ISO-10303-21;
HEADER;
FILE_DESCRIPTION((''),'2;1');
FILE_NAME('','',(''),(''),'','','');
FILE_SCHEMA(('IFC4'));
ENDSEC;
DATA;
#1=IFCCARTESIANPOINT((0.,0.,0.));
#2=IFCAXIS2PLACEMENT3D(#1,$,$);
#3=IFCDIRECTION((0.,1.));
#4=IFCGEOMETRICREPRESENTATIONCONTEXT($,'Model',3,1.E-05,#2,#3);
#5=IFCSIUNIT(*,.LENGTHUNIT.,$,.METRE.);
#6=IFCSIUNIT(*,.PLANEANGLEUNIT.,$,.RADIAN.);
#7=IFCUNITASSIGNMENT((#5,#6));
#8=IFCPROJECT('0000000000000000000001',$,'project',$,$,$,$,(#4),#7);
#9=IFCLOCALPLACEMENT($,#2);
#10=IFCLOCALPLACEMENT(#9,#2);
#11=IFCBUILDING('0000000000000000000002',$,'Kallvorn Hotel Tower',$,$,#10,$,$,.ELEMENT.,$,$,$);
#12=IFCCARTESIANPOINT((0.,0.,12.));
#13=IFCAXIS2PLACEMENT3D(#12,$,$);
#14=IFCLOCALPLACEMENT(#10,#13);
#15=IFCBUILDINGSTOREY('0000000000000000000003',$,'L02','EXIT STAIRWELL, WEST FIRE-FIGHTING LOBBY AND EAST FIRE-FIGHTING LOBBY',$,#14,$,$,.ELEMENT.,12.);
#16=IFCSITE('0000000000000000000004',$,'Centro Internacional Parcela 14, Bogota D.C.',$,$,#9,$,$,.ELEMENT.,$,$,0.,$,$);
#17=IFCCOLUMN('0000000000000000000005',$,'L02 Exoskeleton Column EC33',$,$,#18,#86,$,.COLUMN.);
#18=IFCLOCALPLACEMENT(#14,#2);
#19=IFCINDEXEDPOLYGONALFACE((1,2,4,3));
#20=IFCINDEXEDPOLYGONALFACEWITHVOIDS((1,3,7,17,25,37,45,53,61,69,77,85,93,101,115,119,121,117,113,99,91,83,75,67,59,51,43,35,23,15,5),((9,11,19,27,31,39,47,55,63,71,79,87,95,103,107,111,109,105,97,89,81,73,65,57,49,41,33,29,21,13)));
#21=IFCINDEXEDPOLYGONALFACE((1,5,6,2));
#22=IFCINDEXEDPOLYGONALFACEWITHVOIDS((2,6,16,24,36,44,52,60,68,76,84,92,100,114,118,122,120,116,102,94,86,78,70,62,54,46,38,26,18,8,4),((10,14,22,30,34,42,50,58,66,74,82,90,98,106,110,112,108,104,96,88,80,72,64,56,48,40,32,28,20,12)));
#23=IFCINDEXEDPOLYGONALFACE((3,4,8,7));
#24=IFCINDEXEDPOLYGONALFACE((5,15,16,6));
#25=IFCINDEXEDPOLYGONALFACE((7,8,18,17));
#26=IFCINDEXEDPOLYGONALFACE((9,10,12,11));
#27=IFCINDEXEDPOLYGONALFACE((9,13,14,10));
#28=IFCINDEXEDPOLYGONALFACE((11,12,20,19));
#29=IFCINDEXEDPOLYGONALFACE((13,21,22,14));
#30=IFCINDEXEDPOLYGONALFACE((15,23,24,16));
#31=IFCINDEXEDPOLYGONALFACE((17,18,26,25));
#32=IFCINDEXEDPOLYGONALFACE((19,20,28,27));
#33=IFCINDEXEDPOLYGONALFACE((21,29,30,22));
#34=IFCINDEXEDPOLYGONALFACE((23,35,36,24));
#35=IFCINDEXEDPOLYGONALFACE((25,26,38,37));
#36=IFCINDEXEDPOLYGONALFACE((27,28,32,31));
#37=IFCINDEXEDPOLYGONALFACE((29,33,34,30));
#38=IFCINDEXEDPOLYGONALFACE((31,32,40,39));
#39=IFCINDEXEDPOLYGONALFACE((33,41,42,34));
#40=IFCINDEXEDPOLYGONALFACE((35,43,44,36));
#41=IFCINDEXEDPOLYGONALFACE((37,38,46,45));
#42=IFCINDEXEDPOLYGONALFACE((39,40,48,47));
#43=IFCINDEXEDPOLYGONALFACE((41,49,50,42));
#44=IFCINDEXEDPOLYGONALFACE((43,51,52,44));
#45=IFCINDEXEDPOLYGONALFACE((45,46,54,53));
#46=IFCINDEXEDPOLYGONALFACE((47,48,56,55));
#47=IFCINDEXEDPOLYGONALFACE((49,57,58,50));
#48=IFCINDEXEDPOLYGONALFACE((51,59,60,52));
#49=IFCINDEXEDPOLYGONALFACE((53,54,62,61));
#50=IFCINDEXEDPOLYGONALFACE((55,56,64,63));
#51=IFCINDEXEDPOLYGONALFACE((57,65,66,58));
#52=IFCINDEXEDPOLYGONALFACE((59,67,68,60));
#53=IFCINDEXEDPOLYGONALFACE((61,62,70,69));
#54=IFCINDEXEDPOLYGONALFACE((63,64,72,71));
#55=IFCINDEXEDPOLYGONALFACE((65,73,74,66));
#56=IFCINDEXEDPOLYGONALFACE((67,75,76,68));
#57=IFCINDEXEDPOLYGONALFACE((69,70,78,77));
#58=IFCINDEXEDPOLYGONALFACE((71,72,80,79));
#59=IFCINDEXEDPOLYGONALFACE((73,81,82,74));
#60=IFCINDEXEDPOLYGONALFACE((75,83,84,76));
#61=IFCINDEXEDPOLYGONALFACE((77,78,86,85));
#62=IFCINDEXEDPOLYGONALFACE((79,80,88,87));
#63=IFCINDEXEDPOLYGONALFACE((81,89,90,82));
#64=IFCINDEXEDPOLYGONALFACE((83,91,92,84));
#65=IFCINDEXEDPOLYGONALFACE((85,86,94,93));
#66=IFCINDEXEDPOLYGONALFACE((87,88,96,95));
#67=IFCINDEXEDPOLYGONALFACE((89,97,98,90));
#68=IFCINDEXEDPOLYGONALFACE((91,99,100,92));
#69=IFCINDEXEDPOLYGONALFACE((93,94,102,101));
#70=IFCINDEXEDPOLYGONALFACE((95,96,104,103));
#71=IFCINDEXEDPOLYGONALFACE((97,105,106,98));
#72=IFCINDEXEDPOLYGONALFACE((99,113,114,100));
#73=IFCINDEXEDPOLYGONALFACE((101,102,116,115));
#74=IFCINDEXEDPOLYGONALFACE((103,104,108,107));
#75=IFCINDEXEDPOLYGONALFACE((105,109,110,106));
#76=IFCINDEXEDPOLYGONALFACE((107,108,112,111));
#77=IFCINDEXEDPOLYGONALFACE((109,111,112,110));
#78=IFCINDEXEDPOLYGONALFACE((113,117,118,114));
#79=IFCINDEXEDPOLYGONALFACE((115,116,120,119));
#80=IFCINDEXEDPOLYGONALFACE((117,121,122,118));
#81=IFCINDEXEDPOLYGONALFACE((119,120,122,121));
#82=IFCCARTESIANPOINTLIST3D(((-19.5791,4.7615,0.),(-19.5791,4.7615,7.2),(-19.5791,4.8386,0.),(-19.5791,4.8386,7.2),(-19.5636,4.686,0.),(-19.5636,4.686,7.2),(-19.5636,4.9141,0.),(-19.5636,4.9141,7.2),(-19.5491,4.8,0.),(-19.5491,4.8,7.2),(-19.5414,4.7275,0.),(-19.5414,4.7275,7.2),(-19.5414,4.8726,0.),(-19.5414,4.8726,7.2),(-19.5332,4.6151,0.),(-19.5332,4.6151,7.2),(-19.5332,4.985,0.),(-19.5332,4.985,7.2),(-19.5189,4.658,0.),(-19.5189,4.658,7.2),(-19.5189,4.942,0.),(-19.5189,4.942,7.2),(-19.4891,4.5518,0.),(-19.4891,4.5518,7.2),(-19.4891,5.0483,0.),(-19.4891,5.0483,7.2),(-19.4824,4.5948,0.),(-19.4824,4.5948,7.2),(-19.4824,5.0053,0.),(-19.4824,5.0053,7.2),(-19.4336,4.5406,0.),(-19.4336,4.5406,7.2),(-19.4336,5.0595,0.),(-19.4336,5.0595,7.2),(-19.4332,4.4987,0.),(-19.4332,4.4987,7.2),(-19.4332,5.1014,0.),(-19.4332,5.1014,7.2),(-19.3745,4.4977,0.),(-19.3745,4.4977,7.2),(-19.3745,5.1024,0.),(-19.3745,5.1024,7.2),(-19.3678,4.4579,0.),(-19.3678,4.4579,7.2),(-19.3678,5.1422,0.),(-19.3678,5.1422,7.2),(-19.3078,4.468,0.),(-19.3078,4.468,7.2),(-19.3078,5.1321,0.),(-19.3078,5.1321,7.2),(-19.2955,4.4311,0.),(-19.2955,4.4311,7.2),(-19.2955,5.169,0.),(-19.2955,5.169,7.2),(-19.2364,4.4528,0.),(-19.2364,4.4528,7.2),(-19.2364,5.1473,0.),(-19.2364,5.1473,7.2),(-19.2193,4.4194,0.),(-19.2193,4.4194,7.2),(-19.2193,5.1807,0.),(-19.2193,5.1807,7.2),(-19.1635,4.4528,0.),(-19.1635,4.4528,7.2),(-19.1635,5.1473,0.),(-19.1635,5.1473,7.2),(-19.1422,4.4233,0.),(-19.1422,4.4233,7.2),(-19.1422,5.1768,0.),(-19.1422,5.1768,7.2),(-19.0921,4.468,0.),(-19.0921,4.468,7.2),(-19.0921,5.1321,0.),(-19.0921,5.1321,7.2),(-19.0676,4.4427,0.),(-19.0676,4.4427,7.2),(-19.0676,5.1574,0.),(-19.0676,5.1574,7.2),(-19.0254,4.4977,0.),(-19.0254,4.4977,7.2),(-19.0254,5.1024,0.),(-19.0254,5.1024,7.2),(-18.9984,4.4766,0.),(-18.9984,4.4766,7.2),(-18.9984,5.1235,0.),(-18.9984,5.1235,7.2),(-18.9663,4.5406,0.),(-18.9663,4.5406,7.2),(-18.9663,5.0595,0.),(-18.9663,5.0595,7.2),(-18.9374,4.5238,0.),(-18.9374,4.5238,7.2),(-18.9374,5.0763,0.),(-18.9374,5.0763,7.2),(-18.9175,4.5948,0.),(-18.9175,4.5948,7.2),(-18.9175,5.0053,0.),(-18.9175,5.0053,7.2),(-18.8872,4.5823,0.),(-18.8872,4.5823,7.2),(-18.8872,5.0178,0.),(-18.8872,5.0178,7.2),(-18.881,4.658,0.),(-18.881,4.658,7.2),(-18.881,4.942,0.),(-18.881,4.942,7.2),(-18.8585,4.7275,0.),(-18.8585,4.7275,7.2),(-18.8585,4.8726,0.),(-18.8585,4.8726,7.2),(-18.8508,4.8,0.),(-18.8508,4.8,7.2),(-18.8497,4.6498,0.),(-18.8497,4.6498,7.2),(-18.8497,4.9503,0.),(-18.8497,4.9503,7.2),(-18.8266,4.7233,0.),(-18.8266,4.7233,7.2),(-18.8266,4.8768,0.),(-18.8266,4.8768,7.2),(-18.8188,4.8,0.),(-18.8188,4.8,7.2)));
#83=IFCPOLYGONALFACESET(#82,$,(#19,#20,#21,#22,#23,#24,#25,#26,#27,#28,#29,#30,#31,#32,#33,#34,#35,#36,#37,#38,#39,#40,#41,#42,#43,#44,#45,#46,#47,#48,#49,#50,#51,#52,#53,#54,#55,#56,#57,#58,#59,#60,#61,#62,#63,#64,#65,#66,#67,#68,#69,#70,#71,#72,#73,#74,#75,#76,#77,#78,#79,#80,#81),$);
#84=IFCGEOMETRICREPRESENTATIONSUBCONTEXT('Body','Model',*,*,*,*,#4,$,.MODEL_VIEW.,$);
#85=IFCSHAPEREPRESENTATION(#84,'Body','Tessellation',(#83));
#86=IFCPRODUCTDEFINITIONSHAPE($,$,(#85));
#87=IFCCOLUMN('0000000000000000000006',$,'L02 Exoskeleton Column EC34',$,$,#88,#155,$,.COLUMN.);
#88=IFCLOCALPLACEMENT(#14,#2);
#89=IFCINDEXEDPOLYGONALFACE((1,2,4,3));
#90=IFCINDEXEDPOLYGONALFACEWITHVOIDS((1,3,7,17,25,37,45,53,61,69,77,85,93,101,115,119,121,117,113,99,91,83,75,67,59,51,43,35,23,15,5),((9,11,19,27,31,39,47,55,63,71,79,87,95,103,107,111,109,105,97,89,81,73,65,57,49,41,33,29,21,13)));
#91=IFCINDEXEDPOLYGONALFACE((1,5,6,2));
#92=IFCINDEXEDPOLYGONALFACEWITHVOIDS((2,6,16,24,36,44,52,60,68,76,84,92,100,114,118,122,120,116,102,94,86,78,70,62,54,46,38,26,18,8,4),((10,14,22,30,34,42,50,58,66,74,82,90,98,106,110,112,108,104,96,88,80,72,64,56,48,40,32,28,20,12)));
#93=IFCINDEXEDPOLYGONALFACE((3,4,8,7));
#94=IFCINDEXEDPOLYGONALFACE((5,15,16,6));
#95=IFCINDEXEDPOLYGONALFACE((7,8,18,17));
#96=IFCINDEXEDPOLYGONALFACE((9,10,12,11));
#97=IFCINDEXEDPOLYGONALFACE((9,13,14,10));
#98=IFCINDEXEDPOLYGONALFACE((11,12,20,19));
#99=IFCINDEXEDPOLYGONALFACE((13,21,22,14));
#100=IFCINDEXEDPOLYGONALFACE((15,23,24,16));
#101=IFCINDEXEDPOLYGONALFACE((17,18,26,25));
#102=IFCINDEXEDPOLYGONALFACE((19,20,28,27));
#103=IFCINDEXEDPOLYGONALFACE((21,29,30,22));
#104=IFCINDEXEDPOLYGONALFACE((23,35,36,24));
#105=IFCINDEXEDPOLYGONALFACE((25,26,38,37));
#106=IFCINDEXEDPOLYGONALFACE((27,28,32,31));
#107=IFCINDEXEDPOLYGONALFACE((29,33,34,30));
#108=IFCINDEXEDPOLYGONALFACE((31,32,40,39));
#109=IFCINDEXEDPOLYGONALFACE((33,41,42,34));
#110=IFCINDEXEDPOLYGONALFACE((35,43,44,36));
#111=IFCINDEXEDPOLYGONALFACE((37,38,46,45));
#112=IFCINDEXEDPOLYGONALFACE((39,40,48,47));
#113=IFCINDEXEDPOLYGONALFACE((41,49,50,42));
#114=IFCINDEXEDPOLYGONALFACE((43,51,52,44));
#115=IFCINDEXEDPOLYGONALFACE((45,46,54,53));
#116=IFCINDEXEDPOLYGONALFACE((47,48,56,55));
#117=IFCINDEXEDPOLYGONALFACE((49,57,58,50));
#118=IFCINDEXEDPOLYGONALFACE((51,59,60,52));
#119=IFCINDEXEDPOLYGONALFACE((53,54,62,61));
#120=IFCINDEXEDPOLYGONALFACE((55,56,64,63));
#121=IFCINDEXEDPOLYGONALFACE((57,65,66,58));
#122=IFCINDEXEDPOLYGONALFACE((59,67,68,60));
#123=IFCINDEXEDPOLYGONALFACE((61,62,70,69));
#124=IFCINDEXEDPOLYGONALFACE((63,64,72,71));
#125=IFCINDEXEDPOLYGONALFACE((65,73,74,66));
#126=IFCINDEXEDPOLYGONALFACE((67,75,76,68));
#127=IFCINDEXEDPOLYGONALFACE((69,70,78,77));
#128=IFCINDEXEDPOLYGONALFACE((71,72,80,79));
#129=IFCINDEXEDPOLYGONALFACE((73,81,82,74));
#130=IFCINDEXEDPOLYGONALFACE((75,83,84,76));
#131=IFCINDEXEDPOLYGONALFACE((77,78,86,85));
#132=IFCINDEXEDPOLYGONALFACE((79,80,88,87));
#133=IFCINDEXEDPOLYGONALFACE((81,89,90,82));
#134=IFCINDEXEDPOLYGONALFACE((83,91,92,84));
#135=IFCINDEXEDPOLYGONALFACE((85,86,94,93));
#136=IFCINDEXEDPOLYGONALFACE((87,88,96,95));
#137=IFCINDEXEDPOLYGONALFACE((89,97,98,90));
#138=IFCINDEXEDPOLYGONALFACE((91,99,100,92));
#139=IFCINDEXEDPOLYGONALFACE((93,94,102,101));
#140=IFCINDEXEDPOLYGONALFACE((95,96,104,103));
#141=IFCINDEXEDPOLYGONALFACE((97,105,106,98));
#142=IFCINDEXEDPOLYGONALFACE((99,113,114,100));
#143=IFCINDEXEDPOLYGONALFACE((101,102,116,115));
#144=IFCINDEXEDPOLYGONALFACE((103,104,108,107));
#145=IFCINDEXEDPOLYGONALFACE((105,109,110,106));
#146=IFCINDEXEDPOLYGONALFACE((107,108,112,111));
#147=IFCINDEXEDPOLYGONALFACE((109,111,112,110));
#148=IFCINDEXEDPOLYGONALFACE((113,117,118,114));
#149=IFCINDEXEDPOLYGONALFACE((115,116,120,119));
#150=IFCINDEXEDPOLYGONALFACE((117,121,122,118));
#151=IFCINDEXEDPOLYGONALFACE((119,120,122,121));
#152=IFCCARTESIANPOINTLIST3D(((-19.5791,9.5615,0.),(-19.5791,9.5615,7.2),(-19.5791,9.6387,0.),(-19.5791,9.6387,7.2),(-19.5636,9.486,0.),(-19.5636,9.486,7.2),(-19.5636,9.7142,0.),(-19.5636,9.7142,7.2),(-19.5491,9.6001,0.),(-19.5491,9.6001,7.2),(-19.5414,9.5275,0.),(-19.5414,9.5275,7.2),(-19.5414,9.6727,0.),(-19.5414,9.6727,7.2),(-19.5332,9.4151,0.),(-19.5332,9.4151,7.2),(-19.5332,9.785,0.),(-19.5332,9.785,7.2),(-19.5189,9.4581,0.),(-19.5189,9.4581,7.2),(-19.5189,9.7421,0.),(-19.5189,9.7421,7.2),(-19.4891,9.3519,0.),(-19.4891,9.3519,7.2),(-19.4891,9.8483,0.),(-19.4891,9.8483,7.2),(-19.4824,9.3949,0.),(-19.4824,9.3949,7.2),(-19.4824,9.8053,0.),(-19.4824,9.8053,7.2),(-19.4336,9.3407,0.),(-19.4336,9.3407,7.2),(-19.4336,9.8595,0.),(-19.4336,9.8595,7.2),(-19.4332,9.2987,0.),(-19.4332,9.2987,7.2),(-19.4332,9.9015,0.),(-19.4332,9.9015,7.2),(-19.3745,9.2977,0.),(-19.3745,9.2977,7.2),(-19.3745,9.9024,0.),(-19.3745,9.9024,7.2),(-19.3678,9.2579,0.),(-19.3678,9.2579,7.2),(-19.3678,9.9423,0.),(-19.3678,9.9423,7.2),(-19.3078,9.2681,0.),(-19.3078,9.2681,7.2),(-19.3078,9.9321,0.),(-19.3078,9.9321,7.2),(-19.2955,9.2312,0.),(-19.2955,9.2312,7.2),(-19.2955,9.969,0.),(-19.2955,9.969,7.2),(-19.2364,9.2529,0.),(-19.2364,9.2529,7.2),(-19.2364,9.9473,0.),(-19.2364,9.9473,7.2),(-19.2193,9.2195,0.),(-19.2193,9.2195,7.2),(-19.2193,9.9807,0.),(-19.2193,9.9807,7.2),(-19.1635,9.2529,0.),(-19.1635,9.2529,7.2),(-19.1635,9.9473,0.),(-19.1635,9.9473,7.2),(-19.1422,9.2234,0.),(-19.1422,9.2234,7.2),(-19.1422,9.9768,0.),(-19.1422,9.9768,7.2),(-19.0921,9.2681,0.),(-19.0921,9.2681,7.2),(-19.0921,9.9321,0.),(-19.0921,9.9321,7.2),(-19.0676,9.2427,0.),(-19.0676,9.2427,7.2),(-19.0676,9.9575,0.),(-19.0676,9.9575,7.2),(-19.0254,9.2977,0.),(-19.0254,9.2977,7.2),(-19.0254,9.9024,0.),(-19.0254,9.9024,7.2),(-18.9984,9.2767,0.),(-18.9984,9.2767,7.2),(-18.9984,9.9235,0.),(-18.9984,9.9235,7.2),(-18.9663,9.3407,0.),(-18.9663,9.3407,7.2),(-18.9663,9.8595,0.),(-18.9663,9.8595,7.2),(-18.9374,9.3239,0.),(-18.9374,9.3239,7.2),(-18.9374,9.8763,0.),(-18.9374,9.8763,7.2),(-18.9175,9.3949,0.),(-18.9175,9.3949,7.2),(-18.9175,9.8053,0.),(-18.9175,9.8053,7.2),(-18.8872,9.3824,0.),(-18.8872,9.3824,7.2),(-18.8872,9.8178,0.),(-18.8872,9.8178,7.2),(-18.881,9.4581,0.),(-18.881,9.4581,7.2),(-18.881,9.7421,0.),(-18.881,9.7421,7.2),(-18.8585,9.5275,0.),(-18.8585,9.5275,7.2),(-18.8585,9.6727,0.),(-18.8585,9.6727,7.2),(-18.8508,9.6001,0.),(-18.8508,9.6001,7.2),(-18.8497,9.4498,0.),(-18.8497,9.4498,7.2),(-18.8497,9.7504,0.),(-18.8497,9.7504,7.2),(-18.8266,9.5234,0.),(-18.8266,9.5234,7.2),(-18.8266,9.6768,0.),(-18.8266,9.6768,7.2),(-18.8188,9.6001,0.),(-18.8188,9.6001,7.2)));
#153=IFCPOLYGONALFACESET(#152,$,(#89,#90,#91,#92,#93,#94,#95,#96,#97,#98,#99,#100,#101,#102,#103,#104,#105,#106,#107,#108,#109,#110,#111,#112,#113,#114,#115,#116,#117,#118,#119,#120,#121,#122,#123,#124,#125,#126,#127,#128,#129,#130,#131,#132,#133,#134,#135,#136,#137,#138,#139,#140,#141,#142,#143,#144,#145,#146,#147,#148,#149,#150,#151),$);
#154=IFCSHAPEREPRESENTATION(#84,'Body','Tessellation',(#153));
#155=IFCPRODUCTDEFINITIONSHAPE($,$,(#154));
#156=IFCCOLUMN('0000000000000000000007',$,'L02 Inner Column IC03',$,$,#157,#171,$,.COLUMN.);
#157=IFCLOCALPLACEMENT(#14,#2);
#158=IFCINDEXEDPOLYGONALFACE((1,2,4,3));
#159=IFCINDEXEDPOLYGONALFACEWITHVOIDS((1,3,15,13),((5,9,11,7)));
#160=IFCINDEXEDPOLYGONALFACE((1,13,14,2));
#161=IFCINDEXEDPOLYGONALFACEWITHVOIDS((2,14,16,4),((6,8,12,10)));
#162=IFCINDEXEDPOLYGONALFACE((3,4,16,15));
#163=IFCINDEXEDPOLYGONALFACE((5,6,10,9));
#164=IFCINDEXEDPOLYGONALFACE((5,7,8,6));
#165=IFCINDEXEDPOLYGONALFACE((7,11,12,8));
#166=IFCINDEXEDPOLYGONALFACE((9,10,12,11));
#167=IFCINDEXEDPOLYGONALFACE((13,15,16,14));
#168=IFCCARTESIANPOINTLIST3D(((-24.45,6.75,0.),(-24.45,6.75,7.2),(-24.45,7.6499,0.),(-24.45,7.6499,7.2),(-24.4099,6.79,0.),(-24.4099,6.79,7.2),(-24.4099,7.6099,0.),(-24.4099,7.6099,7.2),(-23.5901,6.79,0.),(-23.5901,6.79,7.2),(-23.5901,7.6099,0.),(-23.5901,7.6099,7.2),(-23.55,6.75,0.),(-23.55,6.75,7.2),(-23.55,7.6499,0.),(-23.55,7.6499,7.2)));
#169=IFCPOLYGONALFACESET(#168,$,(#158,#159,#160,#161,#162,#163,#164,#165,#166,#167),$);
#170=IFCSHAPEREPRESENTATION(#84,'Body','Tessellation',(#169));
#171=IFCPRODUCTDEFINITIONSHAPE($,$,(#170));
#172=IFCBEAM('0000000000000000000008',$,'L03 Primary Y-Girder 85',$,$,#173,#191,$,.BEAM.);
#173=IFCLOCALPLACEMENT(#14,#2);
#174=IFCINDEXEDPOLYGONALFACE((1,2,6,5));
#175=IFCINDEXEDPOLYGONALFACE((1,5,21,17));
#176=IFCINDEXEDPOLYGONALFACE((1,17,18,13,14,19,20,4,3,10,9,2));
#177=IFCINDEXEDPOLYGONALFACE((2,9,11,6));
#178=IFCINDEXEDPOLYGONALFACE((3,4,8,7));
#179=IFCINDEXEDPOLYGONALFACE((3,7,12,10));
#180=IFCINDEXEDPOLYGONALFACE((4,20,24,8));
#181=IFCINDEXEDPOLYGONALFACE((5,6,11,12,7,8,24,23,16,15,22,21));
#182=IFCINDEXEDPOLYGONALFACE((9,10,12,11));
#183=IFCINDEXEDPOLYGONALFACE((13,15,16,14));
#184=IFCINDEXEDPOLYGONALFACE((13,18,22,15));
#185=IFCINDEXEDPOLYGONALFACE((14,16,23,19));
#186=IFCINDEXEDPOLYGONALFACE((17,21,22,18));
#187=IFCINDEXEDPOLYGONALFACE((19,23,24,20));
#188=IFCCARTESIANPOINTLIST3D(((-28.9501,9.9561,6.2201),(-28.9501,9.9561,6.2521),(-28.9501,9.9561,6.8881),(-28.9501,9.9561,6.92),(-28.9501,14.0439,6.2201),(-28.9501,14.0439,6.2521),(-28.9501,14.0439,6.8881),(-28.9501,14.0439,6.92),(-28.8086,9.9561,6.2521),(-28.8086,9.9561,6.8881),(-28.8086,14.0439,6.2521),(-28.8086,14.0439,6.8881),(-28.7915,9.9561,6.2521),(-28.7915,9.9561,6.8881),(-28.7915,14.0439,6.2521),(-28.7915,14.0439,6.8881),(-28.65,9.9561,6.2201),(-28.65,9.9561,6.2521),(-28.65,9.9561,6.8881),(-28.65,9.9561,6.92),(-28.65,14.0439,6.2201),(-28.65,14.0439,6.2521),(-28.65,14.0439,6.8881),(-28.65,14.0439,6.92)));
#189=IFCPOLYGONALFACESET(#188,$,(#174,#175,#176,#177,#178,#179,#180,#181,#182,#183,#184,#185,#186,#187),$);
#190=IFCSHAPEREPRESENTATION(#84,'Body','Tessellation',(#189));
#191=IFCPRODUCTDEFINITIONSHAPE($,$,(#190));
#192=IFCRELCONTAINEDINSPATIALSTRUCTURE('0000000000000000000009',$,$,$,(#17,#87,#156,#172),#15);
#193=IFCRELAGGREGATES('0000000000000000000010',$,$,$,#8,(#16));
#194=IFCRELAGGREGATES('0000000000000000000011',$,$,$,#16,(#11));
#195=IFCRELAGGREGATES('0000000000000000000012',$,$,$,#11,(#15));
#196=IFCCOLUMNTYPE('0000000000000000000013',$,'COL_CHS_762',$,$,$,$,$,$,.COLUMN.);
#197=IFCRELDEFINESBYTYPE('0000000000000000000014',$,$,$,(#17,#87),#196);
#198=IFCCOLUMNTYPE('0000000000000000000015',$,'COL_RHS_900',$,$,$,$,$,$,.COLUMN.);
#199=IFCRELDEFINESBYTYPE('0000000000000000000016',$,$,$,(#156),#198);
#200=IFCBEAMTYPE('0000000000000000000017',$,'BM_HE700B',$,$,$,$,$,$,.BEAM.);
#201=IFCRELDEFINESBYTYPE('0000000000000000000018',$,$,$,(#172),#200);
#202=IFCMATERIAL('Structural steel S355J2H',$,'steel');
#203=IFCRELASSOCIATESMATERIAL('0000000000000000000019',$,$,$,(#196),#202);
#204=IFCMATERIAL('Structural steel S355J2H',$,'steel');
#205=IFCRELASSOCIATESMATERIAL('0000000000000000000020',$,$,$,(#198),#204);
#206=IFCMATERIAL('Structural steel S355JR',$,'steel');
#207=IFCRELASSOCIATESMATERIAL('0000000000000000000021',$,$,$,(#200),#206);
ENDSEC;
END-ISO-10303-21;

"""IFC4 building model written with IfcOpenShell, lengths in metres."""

from ifc_helpers import new_model, si_unit, direction, frame, origin, origin_2d, place, context, subcontext, project, spatial, hollow_rectangle, hollow_circle, i_section, extrude, material, material_profile, profile_set, type_object, element, save


model = new_model("IFC4")

# Units and contexts
model_context = context("Model", 3, precision=1e-05, world=origin(), true_north=direction((0.0, 1.0)))
body_context = subcontext(model_context, "Body", "Model", "MODEL_VIEW")
ifc_project = project(units=[si_unit("LENGTHUNIT", "METRE"), si_unit("PLANEANGLEUNIT", "RADIAN")], contexts=[model_context])

# Site, building, storey
site_placement = place(None, origin())
site = spatial("IfcSite", under=ifc_project, at=site_placement, Name="Centro Internacional Parcela 14, Bogota D.C.", CompositionType="ELEMENT", RefElevation=0.0)
building_placement = place(site_placement, origin())
building = spatial("IfcBuilding", under=site, at=building_placement, Name="Kallvorn Hotel Tower", CompositionType="ELEMENT")
storey_placement = place(building_placement, frame((0.0, 0.0, 12.0)))
storey = spatial("IfcBuildingStorey", under=building, at=storey_placement, Name="L02", Description="EXIT STAIRWELL, WEST FIRE-FIGHTING LOBBY AND EAST FIRE-FIGHTING LOBBY", CompositionType="ELEMENT", Elevation=12.0)

# Columns
ifc_material_1 = material(Name="Structural steel S355J2H", Category="steel")
ifc_material_profile_1 = material_profile(ifc_material_1, hollow_circle(Radius=0.3811, WallThickness=0.032, at=origin_2d()), Name="CHS 762x32")
ifc_profile_set_1 = profile_set([ifc_material_profile_1], Name="Structural steel S355J2H")
column_type_1 = type_object("IfcColumnType", Name="COL_CHS_762", PredefinedType="COLUMN", material=ifc_profile_set_1)
for number, where, z_axis, x_axis, name in (
    (1, (-19.2, 4.8, 0.0), (0.0, 0.0, 1.0), (1.0, 0.0, 0.0), "L02 Exoskeleton Column EC33"),
    (2, (-19.2, 9.6001, 0.0), (0.0, 0.0, 1.0), (1.0, 0.0, 0.0), "L02 Exoskeleton Column EC34"),
):
    element("IfcColumn", number, at=place(storey_placement, frame(where, z_axis=z_axis, x_axis=x_axis)), inside=storey, type_object=column_type_1, Name=name, PredefinedType="COLUMN", context=body_context, shape_type="SweptSolid", body=[
        extrude(hollow_circle(Radius=0.3811, WallThickness=0.032, at=origin_2d()), origin(), (0.0, 0.0, 1.0), 7.2),
    ])
ifc_material_2 = material(Name="Structural steel S355J2H", Category="steel")
ifc_material_profile_2 = material_profile(ifc_material_2, hollow_rectangle(XDim=0.8999, YDim=0.8999, WallThickness=0.04, at=origin_2d()), Name="RHS 900x900x40")
ifc_profile_set_2 = profile_set([ifc_material_profile_2], Name="Structural steel S355J2H")
column_type_2 = type_object("IfcColumnType", Name="COL_RHS_900", PredefinedType="COLUMN", material=ifc_profile_set_2)
column_placement = place(storey_placement, frame((-24.0, 7.2, 0.0), z_axis=(0.0, 0.0, 1.0), x_axis=(1.0, 0.0, 0.0)))
element("IfcColumn", 3, at=column_placement, inside=storey, type_object=column_type_2, Name="L02 Inner Column IC03", PredefinedType="COLUMN", context=body_context, shape_type="SweptSolid", body=[
    extrude(hollow_rectangle(XDim=0.8999, YDim=0.8999, WallThickness=0.04, at=origin_2d()), origin(), (0.0, 0.0, 1.0), 7.2),
])

# Beam
ifc_material_3 = material(Name="Structural steel S355JR", Category="steel")
ifc_material_profile_3 = material_profile(ifc_material_3, i_section(OverallWidth=0.3, OverallDepth=0.7, WebThickness=0.0171, FlangeThickness=0.032, at=origin_2d()), Name="HE 700 B")
ifc_profile_set_3 = profile_set([ifc_material_profile_3], Name="Structural steel S355JR")
beam_type_1 = type_object("IfcBeamType", Name="BM_HE700B", PredefinedType="BEAM", material=ifc_profile_set_3)
beam_1_placement = place(storey_placement, frame((-28.8, 9.9561, 6.5701), z_axis=(0.0, 1.0, 0.0), x_axis=(-1.0, 0.0, 0.0)))
element("IfcBeam", 4, at=beam_1_placement, inside=storey, type_object=beam_type_1, Name="L03 Primary Y-Girder 85", PredefinedType="BEAM", context=body_context, shape_type="SweptSolid", body=[
    extrude(i_section(OverallWidth=0.3, OverallDepth=0.7, WebThickness=0.0171, FlangeThickness=0.032, at=origin_2d()), origin(), (0.0, 0.0, 1.0), 4.0879),
])

save(model, "model.ifc")
